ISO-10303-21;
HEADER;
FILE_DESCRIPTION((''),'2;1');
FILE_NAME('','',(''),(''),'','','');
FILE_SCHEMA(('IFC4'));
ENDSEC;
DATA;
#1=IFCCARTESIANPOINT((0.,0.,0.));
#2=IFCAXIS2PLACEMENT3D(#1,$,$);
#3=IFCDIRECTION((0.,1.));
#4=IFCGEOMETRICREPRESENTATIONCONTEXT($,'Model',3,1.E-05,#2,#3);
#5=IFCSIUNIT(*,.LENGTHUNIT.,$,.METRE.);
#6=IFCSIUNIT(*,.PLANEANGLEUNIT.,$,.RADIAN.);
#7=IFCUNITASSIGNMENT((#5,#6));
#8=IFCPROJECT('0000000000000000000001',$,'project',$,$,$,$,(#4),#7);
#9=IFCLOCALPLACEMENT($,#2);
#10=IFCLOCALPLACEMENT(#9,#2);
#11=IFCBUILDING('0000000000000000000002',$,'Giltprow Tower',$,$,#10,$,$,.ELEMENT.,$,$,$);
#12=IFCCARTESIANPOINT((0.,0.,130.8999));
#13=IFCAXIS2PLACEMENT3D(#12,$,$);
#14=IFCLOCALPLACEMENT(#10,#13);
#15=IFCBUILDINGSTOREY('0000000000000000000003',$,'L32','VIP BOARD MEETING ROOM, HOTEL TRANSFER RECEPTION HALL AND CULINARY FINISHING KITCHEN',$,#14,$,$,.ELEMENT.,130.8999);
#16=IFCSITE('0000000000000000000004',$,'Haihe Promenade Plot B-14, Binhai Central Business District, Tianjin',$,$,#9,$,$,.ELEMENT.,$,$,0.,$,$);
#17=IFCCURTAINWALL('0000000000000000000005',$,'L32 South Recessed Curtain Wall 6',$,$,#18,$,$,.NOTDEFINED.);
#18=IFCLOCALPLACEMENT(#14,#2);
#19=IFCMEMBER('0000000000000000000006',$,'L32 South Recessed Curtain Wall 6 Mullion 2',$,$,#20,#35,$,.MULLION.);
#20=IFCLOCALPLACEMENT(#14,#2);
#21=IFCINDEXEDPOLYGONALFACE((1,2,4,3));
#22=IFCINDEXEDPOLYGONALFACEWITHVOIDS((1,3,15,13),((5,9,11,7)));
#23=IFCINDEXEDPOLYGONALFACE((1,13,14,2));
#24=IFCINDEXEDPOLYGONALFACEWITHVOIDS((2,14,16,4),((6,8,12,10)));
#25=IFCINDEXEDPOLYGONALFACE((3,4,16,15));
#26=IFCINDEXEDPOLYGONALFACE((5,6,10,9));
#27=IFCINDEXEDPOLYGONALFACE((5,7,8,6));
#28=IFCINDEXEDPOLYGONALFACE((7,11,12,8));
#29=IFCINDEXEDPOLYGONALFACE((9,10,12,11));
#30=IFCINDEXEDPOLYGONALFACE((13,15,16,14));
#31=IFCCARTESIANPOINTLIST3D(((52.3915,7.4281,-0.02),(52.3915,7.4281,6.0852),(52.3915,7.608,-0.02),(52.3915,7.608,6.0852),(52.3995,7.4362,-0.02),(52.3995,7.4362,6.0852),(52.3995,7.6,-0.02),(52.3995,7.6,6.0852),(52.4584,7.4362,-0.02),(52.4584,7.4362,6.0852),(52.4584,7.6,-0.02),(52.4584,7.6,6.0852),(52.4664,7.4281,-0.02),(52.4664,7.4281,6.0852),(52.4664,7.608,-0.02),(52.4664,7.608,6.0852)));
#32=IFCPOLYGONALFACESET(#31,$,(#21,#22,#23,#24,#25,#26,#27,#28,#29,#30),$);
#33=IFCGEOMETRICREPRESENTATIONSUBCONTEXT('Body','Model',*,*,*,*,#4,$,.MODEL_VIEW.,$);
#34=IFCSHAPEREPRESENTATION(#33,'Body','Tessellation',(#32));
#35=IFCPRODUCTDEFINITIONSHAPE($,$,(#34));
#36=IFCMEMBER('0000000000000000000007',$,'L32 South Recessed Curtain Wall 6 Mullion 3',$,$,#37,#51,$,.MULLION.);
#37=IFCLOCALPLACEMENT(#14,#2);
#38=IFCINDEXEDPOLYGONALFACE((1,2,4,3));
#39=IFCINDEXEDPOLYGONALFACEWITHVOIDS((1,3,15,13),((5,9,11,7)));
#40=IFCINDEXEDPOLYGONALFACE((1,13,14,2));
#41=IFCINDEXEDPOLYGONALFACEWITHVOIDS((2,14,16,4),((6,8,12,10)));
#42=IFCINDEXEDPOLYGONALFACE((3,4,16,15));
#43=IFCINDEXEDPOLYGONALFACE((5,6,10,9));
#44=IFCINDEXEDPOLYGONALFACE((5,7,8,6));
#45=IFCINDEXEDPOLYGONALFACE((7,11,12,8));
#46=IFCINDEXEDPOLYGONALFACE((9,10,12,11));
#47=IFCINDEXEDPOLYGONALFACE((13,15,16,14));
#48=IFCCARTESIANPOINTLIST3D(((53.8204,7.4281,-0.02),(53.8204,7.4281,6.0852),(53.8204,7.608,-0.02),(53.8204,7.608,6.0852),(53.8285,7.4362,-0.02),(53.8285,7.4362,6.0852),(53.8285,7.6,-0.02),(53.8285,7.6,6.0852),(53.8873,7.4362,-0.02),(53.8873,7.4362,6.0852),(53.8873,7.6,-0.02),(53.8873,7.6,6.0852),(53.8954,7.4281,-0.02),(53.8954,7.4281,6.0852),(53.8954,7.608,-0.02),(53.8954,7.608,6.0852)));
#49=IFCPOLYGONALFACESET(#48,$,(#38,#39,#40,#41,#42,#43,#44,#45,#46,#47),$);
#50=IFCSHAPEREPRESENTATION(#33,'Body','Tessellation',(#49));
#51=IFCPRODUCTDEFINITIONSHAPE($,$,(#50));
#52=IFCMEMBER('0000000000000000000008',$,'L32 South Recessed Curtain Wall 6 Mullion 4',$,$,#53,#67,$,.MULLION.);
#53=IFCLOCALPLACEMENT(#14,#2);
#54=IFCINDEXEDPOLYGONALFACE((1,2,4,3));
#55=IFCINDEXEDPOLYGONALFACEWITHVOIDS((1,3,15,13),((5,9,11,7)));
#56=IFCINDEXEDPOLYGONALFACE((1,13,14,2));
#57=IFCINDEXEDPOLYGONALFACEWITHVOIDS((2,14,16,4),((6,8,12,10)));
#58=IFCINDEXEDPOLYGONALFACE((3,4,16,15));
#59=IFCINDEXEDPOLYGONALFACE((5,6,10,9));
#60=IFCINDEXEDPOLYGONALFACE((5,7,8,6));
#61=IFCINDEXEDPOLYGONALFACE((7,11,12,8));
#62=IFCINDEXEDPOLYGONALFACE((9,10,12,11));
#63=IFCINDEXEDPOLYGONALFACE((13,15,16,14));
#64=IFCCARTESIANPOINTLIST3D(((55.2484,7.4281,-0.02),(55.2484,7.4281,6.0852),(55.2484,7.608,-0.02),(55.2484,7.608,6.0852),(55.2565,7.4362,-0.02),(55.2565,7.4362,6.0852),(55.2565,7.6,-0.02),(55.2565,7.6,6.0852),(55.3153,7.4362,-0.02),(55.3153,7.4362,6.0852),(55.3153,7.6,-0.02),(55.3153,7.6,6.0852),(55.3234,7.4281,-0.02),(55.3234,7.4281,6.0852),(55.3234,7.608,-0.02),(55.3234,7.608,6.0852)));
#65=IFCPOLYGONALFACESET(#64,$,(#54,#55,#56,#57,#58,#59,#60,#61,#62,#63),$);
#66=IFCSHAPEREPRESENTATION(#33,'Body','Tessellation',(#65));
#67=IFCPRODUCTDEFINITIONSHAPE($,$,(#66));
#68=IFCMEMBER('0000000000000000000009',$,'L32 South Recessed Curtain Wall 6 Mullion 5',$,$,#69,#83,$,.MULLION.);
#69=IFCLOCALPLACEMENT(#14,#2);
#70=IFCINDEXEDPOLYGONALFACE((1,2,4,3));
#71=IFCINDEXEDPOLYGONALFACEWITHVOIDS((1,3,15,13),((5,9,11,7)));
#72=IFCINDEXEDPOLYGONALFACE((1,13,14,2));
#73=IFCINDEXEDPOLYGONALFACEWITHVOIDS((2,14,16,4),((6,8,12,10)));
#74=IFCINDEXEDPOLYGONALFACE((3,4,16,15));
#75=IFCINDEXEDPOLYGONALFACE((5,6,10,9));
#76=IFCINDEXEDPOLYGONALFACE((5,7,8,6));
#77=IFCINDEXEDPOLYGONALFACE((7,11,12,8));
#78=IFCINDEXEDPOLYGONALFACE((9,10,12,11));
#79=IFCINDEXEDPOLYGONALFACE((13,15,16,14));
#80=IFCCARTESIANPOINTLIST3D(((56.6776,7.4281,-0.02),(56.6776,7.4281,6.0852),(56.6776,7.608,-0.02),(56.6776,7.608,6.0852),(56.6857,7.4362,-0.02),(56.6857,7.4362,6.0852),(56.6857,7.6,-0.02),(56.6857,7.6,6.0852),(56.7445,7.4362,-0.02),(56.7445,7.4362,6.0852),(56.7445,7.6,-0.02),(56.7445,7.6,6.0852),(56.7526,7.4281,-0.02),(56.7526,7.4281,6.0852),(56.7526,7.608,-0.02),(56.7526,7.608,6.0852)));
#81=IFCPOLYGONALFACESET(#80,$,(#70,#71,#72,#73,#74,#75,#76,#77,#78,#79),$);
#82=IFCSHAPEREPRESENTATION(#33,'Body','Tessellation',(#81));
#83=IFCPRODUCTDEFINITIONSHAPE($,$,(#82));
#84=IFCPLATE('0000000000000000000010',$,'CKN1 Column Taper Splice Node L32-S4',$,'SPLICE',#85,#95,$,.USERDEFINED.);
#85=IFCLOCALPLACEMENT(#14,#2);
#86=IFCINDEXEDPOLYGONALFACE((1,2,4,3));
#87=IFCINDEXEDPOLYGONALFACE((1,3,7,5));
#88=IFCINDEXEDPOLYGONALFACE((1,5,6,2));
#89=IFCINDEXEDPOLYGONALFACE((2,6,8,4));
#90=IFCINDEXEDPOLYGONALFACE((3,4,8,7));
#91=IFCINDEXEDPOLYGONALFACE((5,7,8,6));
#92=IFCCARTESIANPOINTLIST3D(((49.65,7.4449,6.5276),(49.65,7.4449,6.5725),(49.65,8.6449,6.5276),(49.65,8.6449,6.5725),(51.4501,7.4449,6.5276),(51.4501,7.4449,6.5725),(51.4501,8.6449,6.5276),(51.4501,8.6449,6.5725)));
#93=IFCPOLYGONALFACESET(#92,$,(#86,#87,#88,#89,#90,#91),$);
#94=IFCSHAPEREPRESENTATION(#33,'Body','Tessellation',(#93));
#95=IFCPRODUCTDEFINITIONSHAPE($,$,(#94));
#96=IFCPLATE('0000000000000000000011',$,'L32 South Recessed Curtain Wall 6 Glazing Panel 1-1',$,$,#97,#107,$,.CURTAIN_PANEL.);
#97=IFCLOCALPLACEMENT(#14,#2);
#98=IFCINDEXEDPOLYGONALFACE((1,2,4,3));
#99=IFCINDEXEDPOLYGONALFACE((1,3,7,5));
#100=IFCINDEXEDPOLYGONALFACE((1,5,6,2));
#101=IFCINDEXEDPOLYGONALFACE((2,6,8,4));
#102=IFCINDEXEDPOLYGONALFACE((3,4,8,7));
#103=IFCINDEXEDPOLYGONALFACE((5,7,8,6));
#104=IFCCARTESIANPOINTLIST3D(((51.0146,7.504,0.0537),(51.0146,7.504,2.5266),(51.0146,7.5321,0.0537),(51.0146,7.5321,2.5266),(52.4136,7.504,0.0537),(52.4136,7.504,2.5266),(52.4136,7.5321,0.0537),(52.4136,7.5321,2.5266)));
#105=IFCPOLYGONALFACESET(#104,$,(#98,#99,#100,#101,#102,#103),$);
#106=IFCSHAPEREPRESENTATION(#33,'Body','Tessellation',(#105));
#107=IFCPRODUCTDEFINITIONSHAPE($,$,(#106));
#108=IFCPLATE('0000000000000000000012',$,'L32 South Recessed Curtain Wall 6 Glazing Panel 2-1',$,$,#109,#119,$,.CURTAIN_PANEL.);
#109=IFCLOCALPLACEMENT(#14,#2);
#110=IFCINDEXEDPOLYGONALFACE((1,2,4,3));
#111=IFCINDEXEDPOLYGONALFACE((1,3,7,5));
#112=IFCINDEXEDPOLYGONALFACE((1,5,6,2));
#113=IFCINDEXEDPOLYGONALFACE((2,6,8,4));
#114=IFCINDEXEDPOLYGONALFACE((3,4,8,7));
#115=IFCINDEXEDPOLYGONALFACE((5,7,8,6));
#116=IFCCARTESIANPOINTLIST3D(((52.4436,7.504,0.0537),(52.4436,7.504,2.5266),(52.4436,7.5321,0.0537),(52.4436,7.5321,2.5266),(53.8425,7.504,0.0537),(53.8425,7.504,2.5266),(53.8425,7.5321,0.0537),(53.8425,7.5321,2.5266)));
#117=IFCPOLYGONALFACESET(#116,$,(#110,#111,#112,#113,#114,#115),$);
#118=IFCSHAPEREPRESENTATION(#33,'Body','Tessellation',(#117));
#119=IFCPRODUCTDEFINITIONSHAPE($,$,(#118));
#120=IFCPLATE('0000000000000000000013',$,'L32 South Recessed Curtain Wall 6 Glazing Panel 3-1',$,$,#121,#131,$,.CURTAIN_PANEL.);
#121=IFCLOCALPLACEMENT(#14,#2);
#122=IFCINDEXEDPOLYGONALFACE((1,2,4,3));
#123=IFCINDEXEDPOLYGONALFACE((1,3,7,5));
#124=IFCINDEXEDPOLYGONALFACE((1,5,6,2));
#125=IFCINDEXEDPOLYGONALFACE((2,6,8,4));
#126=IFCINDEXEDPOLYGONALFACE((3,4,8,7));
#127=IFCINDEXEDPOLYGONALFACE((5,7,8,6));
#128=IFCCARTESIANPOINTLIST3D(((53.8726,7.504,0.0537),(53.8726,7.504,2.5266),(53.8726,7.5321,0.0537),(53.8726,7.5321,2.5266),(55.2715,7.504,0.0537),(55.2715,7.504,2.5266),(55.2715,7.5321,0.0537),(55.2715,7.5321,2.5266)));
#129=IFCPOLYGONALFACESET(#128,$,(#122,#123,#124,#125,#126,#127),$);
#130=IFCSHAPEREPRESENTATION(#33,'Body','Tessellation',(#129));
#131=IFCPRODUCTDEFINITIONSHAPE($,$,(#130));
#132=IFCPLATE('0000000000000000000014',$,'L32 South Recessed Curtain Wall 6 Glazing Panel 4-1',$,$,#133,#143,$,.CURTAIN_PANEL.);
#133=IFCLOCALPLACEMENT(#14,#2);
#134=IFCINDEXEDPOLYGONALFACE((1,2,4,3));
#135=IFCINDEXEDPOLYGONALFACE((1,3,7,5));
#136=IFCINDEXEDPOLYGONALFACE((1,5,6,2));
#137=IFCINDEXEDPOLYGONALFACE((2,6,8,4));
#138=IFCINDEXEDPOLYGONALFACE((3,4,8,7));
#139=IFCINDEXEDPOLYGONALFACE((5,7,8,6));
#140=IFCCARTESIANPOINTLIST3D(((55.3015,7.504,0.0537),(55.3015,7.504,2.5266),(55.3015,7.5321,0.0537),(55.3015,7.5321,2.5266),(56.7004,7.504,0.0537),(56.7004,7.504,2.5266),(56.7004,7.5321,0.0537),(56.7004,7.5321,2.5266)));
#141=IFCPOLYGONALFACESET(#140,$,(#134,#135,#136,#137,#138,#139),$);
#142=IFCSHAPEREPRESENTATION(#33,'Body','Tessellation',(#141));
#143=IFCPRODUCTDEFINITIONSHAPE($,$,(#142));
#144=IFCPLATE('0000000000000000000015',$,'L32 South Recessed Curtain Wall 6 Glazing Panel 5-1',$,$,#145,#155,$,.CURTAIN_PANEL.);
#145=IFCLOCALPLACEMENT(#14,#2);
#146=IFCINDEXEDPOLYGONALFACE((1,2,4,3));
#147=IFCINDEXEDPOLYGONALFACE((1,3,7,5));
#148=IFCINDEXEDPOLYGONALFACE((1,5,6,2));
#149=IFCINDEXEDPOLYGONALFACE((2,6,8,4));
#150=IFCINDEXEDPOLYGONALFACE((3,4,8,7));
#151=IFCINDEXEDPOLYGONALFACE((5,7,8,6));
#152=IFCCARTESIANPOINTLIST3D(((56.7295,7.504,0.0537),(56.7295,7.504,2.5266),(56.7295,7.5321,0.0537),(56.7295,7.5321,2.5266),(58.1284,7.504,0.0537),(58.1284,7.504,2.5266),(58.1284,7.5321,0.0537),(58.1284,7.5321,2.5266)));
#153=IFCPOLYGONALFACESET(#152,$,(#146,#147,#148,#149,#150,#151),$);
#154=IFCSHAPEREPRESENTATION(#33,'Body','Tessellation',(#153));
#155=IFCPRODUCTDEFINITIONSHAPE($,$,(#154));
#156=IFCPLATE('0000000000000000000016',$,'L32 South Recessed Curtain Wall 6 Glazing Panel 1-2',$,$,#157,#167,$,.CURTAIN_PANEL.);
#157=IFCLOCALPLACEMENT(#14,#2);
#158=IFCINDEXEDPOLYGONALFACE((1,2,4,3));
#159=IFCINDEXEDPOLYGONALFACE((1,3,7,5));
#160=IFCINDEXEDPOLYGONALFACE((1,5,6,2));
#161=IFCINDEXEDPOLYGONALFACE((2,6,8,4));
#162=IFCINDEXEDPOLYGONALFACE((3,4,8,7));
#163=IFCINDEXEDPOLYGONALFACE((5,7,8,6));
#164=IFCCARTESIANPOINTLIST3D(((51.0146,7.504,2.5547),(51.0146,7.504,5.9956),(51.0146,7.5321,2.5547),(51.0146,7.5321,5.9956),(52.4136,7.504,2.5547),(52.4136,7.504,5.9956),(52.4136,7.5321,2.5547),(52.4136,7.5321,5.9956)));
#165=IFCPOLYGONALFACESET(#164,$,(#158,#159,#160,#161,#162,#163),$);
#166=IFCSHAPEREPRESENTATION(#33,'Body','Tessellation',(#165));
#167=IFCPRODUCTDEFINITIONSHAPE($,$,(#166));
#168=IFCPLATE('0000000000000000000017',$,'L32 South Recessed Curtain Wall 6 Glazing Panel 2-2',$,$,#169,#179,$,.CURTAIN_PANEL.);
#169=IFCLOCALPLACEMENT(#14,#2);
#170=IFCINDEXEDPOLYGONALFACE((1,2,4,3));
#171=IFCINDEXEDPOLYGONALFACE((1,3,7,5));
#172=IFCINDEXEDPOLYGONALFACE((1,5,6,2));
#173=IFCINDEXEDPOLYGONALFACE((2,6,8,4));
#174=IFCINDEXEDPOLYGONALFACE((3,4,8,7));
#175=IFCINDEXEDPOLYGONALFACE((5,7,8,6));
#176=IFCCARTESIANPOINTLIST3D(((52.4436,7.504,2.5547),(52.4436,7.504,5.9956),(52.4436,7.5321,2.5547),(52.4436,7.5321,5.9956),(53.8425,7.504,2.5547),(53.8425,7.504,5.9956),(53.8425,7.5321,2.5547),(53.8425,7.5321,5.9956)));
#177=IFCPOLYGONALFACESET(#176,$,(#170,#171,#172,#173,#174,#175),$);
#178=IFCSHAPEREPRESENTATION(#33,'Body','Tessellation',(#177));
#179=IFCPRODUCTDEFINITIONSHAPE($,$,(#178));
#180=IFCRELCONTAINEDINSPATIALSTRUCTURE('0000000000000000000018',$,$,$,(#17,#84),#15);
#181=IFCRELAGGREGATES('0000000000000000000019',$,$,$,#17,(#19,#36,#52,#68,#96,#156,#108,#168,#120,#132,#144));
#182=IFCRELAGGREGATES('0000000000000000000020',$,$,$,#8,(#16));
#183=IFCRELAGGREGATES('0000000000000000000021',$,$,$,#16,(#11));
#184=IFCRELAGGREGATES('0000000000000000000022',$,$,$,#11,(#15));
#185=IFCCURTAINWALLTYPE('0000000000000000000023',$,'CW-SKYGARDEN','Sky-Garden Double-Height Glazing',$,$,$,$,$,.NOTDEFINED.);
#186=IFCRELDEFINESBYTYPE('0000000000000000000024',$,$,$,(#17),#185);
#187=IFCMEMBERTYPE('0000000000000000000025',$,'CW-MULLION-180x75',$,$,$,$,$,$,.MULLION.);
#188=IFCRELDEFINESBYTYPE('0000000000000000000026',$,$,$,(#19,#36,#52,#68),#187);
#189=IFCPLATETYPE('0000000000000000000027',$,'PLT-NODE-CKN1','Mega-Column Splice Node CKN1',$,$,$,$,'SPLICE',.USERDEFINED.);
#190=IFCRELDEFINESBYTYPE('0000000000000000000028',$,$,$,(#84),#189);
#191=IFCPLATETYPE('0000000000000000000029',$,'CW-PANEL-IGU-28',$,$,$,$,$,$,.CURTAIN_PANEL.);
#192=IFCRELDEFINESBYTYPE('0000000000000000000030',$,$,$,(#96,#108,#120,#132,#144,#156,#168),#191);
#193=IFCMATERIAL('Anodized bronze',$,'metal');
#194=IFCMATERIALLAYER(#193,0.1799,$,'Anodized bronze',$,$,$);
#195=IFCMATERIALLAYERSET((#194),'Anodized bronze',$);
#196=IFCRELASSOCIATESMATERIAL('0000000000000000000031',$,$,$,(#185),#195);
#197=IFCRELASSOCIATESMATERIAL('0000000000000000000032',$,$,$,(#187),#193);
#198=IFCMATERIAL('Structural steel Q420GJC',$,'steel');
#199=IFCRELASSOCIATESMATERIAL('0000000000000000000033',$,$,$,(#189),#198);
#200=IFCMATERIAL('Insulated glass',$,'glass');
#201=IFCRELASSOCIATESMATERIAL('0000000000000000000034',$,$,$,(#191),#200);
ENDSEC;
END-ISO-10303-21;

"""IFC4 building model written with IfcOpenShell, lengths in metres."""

from ifc_helpers import new_model, si_unit, direction, frame, origin, origin_2d, place, context, subcontext, project, spatial, rectangle, hollow_rectangle, extrude, source, transform, mapped, material, layer, layer_set, material_profile, profile_set, type_object, element, aggregate, save


model = new_model("IFC4")

# Units and contexts
model_context = context("Model", 3, precision=1e-05, world=origin(), true_north=direction((0.0, 1.0)))
body_context = subcontext(model_context, "Body", "Model", "MODEL_VIEW")
ifc_project = project(units=[si_unit("LENGTHUNIT", "METRE"), si_unit("PLANEANGLEUNIT", "RADIAN")], contexts=[model_context])

# Site, building, storey
site_placement = place(None, origin())
site = spatial("IfcSite", under=ifc_project, at=site_placement, Name="Haihe Promenade Plot B-14, Binhai Central Business District, Tianjin", CompositionType="ELEMENT", RefElevation=0.0)
building_placement = place(site_placement, origin())
building = spatial("IfcBuilding", under=site, at=building_placement, Name="Giltprow Tower", CompositionType="ELEMENT")
storey_placement = place(building_placement, frame((0.0, 0.0, 130.8999)))
storey = spatial("IfcBuildingStorey", under=building, at=storey_placement, Name="L32", Description="VIP BOARD MEETING ROOM, HOTEL TRANSFER RECEPTION HALL AND CULINARY FINISHING KITCHEN", CompositionType="ELEMENT", Elevation=130.8999)

# Shared definitions
ifc_material_1 = material(Name="Structural steel Q420GJC", Category="steel")

# Curtain wall, members
ifc_material_2 = material(Name="Anodized bronze", Category="metal")
ifc_layer = layer(ifc_material_2, 0.1799, Name="Anodized bronze")
ifc_layer_set = layer_set([ifc_layer], Name="Anodized bronze")
curtain_wall_type = type_object("IfcCurtainWallType", Name="CW-SKYGARDEN", Description="Sky-Garden Double-Height Glazing", PredefinedType="NOTDEFINED", material=ifc_layer_set)
curtain_wall_placement = place(storey_placement, origin())
curtain_wall = element("IfcCurtainWall", 1, at=curtain_wall_placement, inside=storey, type_object=curtain_wall_type, Name="L32 South Recessed Curtain Wall 6", PredefinedType="NOTDEFINED")
ifc_material_profile_1 = material_profile(ifc_material_2, hollow_rectangle(XDim=0.075, YDim=0.1799, WallThickness=0.0081, at=origin_2d()), Name="RHS 180x75x8")
ifc_profile_set_1 = profile_set([ifc_material_profile_1], Name="Anodized bronze")
member_type_1 = type_object("IfcMemberType", Name="CW-MULLION-180x75", PredefinedType="MULLION", material=ifc_profile_set_1)
shared_shape_1 = source(origin(), body_context, "Body", "SweptSolid", [
    extrude(hollow_rectangle(XDim=0.075, YDim=0.1799, WallThickness=0.0081, at=origin_2d()), origin(), (0.0, 0.0, 1.0), 6.1052),
])
member_1_placement = place(storey_placement, frame((52.429, 7.5181, -0.02), z_axis=(0.0, 0.0, 1.0), x_axis=(1.0, 0.0, 0.0)))
member_1 = element("IfcMember", 2, at=member_1_placement, type_object=member_type_1, Name="L32 South Recessed Curtain Wall 6 Mullion 2", PredefinedType="MULLION", context=body_context, shape_type="MappedRepresentation", body=[
    mapped(shared_shape_1, transform((0.0, 0.0, 0.0), x_axis=(1.0, 0.0, 0.0), y_axis=(0.0, 1.0, 0.0), z_axis=(0.0, 0.0, 1.0), scale=1.0)),
])
member_2_placement = place(storey_placement, frame((53.8579, 7.5181, -0.02), z_axis=(0.0, 0.0, 1.0), x_axis=(1.0, 0.0, 0.0)))
member_2 = element("IfcMember", 3, at=member_2_placement, type_object=member_type_1, Name="L32 South Recessed Curtain Wall 6 Mullion 3", PredefinedType="MULLION", context=body_context, shape_type="MappedRepresentation", body=[
    mapped(shared_shape_1, transform((0.0, 0.0, 0.0), x_axis=(1.0, 0.0, 0.0), y_axis=(0.0, 1.0, 0.0), z_axis=(0.0, 0.0, 1.0), scale=1.0)),
])
member_3_placement = place(storey_placement, frame((55.2859, 7.5181, -0.02), z_axis=(0.0, 0.0, 1.0), x_axis=(1.0, 0.0, 0.0)))
member_3 = element("IfcMember", 4, at=member_3_placement, type_object=member_type_1, Name="L32 South Recessed Curtain Wall 6 Mullion 4", PredefinedType="MULLION", context=body_context, shape_type="MappedRepresentation", body=[
    mapped(shared_shape_1, transform((0.0, 0.0, 0.0), x_axis=(1.0, 0.0, 0.0), y_axis=(0.0, 1.0, 0.0), z_axis=(0.0, 0.0, 1.0), scale=1.0)),
])
member_4_placement = place(storey_placement, frame((56.7151, 7.5181, -0.02), z_axis=(0.0, 0.0, 1.0), x_axis=(1.0, 0.0, 0.0)))
member_4 = element("IfcMember", 5, at=member_4_placement, type_object=member_type_1, Name="L32 South Recessed Curtain Wall 6 Mullion 5", PredefinedType="MULLION", context=body_context, shape_type="MappedRepresentation", body=[
    mapped(shared_shape_1, transform((0.0, 0.0, 0.0), x_axis=(1.0, 0.0, 0.0), y_axis=(0.0, 1.0, 0.0), z_axis=(0.0, 0.0, 1.0), scale=1.0)),
])

# Plates
plate_type_1 = type_object("IfcPlateType", Name="PLT-NODE-CKN1", Description="Mega-Column Splice Node CKN1", ElementType="SPLICE", PredefinedType="USERDEFINED", material=ifc_material_1)
shared_shape_2 = source(origin(), body_context, "Body", "SweptSolid", [
    extrude(rectangle(XDim=1.8, YDim=1.2, at=origin_2d()), origin(), (0.0, 0.0, 1.0), 0.0449),
])
plate_1_placement = place(storey_placement, frame((50.55, 8.0449, 6.5276), z_axis=(0.0, 0.0, 1.0), x_axis=(1.0, 0.0, 0.0)))
element("IfcPlate", 6, at=plate_1_placement, inside=storey, type_object=plate_type_1, Name="CKN1 Column Taper Splice Node L32-S4", ObjectType="SPLICE", PredefinedType="USERDEFINED", context=body_context, shape_type="MappedRepresentation", body=[
    mapped(shared_shape_2, transform((0.0, 0.0, 0.0), x_axis=(1.0, 0.0, 0.0), y_axis=(0.0, 1.0, 0.0), z_axis=(0.0, 0.0, 1.0), scale=1.0)),
])
ifc_material_3 = material(Name="Insulated glass", Category="glass")
plate_type_2 = type_object("IfcPlateType", Name="CW-PANEL-IGU-28", PredefinedType="CURTAIN_PANEL", material=ifc_material_3)
shared_shape_3 = source(origin(), body_context, "Body", "SweptSolid", [
    extrude(rectangle(XDim=1.3989, YDim=0.0281, at=origin_2d()), origin(), (0.0, 0.0, 1.0), 2.4729),
])
plate_2_placement = place(storey_placement, frame((51.7141, 7.5181, 0.0537), z_axis=(0.0, 0.0, 1.0), x_axis=(1.0, 0.0, 0.0)))
plate_2 = element("IfcPlate", 7, at=plate_2_placement, type_object=plate_type_2, Name="L32 South Recessed Curtain Wall 6 Glazing Panel 1-1", PredefinedType="CURTAIN_PANEL", context=body_context, shape_type="MappedRepresentation", body=[
    mapped(shared_shape_3, transform((0.0, 0.0, 0.0), x_axis=(1.0, 0.0, 0.0), y_axis=(0.0, 1.0, 0.0), z_axis=(0.0, 0.0, 1.0), scale=1.0)),
])
plate_3_placement = place(storey_placement, frame((53.1431, 7.5181, 0.0537), z_axis=(0.0, 0.0, 1.0), x_axis=(1.0, 0.0, 0.0)))
plate_3 = element("IfcPlate", 8, at=plate_3_placement, type_object=plate_type_2, Name="L32 South Recessed Curtain Wall 6 Glazing Panel 2-1", PredefinedType="CURTAIN_PANEL", context=body_context, shape_type="MappedRepresentation", body=[
    mapped(shared_shape_3, transform((0.0, 0.0, 0.0), x_axis=(1.0, 0.0, 0.0), y_axis=(0.0, 1.0, 0.0), z_axis=(0.0, 0.0, 1.0), scale=1.0)),
])
plate_4_placement = place(storey_placement, frame((54.572, 7.5181, 0.0537), z_axis=(0.0, 0.0, 1.0), x_axis=(1.0, 0.0, 0.0)))
plate_4 = element("IfcPlate", 9, at=plate_4_placement, type_object=plate_type_2, Name="L32 South Recessed Curtain Wall 6 Glazing Panel 3-1", PredefinedType="CURTAIN_PANEL", context=body_context, shape_type="MappedRepresentation", body=[
    mapped(shared_shape_3, transform((0.0, 0.0, 0.0), x_axis=(1.0, 0.0, 0.0), y_axis=(0.0, 1.0, 0.0), z_axis=(0.0, 0.0, 1.0), scale=1.0)),
])
plate_5_placement = place(storey_placement, frame((56.001, 7.5181, 0.0537), z_axis=(0.0, 0.0, 1.0), x_axis=(1.0, 0.0, 0.0)))
plate_5 = element("IfcPlate", 10, at=plate_5_placement, type_object=plate_type_2, Name="L32 South Recessed Curtain Wall 6 Glazing Panel 4-1", PredefinedType="CURTAIN_PANEL", context=body_context, shape_type="MappedRepresentation", body=[
    mapped(shared_shape_3, transform((0.0, 0.0, 0.0), x_axis=(1.0, 0.0, 0.0), y_axis=(0.0, 1.0, 0.0), z_axis=(0.0, 0.0, 1.0), scale=1.0)),
])
plate_6_placement = place(storey_placement, frame((57.429, 7.5181, 0.0537), z_axis=(0.0, 0.0, 1.0), x_axis=(1.0, 0.0, 0.0)))
plate_6 = element("IfcPlate", 11, at=plate_6_placement, type_object=plate_type_2, Name="L32 South Recessed Curtain Wall 6 Glazing Panel 5-1", PredefinedType="CURTAIN_PANEL", context=body_context, shape_type="MappedRepresentation", body=[
    mapped(shared_shape_3, transform((0.0, 0.0, 0.0), x_axis=(1.0, 0.0, 0.0), y_axis=(0.0, 1.0, 0.0), z_axis=(0.0, 0.0, 1.0), scale=1.0)),
])
shared_shape_4 = source(origin(), body_context, "Body", "SweptSolid", [
    extrude(rectangle(XDim=1.3989, YDim=0.0281, at=origin_2d()), origin(), (0.0, 0.0, 1.0), 3.4409),
])
plate_7_placement = place(storey_placement, frame((51.7141, 7.5181, 2.5547), z_axis=(0.0, 0.0, 1.0), x_axis=(1.0, 0.0, 0.0)))
plate_7 = element("IfcPlate", 12, at=plate_7_placement, type_object=plate_type_2, Name="L32 South Recessed Curtain Wall 6 Glazing Panel 1-2", PredefinedType="CURTAIN_PANEL", context=body_context, shape_type="MappedRepresentation", body=[
    mapped(shared_shape_4, transform((0.0, 0.0, 0.0), x_axis=(1.0, 0.0, 0.0), y_axis=(0.0, 1.0, 0.0), z_axis=(0.0, 0.0, 1.0), scale=1.0)),
])
plate_8_placement = place(storey_placement, frame((53.1431, 7.5181, 2.5547), z_axis=(0.0, 0.0, 1.0), x_axis=(1.0, 0.0, 0.0)))
plate_8 = element("IfcPlate", 13, at=plate_8_placement, type_object=plate_type_2, Name="L32 South Recessed Curtain Wall 6 Glazing Panel 2-2", PredefinedType="CURTAIN_PANEL", context=body_context, shape_type="MappedRepresentation", body=[
    mapped(shared_shape_4, transform((0.0, 0.0, 0.0), x_axis=(1.0, 0.0, 0.0), y_axis=(0.0, 1.0, 0.0), z_axis=(0.0, 0.0, 1.0), scale=1.0)),
])
aggregate(curtain_wall, [member_1, member_2, member_3, member_4, plate_2, plate_7, plate_3, plate_8, plate_4, plate_5, plate_6])

save(model, "model.ifc")
